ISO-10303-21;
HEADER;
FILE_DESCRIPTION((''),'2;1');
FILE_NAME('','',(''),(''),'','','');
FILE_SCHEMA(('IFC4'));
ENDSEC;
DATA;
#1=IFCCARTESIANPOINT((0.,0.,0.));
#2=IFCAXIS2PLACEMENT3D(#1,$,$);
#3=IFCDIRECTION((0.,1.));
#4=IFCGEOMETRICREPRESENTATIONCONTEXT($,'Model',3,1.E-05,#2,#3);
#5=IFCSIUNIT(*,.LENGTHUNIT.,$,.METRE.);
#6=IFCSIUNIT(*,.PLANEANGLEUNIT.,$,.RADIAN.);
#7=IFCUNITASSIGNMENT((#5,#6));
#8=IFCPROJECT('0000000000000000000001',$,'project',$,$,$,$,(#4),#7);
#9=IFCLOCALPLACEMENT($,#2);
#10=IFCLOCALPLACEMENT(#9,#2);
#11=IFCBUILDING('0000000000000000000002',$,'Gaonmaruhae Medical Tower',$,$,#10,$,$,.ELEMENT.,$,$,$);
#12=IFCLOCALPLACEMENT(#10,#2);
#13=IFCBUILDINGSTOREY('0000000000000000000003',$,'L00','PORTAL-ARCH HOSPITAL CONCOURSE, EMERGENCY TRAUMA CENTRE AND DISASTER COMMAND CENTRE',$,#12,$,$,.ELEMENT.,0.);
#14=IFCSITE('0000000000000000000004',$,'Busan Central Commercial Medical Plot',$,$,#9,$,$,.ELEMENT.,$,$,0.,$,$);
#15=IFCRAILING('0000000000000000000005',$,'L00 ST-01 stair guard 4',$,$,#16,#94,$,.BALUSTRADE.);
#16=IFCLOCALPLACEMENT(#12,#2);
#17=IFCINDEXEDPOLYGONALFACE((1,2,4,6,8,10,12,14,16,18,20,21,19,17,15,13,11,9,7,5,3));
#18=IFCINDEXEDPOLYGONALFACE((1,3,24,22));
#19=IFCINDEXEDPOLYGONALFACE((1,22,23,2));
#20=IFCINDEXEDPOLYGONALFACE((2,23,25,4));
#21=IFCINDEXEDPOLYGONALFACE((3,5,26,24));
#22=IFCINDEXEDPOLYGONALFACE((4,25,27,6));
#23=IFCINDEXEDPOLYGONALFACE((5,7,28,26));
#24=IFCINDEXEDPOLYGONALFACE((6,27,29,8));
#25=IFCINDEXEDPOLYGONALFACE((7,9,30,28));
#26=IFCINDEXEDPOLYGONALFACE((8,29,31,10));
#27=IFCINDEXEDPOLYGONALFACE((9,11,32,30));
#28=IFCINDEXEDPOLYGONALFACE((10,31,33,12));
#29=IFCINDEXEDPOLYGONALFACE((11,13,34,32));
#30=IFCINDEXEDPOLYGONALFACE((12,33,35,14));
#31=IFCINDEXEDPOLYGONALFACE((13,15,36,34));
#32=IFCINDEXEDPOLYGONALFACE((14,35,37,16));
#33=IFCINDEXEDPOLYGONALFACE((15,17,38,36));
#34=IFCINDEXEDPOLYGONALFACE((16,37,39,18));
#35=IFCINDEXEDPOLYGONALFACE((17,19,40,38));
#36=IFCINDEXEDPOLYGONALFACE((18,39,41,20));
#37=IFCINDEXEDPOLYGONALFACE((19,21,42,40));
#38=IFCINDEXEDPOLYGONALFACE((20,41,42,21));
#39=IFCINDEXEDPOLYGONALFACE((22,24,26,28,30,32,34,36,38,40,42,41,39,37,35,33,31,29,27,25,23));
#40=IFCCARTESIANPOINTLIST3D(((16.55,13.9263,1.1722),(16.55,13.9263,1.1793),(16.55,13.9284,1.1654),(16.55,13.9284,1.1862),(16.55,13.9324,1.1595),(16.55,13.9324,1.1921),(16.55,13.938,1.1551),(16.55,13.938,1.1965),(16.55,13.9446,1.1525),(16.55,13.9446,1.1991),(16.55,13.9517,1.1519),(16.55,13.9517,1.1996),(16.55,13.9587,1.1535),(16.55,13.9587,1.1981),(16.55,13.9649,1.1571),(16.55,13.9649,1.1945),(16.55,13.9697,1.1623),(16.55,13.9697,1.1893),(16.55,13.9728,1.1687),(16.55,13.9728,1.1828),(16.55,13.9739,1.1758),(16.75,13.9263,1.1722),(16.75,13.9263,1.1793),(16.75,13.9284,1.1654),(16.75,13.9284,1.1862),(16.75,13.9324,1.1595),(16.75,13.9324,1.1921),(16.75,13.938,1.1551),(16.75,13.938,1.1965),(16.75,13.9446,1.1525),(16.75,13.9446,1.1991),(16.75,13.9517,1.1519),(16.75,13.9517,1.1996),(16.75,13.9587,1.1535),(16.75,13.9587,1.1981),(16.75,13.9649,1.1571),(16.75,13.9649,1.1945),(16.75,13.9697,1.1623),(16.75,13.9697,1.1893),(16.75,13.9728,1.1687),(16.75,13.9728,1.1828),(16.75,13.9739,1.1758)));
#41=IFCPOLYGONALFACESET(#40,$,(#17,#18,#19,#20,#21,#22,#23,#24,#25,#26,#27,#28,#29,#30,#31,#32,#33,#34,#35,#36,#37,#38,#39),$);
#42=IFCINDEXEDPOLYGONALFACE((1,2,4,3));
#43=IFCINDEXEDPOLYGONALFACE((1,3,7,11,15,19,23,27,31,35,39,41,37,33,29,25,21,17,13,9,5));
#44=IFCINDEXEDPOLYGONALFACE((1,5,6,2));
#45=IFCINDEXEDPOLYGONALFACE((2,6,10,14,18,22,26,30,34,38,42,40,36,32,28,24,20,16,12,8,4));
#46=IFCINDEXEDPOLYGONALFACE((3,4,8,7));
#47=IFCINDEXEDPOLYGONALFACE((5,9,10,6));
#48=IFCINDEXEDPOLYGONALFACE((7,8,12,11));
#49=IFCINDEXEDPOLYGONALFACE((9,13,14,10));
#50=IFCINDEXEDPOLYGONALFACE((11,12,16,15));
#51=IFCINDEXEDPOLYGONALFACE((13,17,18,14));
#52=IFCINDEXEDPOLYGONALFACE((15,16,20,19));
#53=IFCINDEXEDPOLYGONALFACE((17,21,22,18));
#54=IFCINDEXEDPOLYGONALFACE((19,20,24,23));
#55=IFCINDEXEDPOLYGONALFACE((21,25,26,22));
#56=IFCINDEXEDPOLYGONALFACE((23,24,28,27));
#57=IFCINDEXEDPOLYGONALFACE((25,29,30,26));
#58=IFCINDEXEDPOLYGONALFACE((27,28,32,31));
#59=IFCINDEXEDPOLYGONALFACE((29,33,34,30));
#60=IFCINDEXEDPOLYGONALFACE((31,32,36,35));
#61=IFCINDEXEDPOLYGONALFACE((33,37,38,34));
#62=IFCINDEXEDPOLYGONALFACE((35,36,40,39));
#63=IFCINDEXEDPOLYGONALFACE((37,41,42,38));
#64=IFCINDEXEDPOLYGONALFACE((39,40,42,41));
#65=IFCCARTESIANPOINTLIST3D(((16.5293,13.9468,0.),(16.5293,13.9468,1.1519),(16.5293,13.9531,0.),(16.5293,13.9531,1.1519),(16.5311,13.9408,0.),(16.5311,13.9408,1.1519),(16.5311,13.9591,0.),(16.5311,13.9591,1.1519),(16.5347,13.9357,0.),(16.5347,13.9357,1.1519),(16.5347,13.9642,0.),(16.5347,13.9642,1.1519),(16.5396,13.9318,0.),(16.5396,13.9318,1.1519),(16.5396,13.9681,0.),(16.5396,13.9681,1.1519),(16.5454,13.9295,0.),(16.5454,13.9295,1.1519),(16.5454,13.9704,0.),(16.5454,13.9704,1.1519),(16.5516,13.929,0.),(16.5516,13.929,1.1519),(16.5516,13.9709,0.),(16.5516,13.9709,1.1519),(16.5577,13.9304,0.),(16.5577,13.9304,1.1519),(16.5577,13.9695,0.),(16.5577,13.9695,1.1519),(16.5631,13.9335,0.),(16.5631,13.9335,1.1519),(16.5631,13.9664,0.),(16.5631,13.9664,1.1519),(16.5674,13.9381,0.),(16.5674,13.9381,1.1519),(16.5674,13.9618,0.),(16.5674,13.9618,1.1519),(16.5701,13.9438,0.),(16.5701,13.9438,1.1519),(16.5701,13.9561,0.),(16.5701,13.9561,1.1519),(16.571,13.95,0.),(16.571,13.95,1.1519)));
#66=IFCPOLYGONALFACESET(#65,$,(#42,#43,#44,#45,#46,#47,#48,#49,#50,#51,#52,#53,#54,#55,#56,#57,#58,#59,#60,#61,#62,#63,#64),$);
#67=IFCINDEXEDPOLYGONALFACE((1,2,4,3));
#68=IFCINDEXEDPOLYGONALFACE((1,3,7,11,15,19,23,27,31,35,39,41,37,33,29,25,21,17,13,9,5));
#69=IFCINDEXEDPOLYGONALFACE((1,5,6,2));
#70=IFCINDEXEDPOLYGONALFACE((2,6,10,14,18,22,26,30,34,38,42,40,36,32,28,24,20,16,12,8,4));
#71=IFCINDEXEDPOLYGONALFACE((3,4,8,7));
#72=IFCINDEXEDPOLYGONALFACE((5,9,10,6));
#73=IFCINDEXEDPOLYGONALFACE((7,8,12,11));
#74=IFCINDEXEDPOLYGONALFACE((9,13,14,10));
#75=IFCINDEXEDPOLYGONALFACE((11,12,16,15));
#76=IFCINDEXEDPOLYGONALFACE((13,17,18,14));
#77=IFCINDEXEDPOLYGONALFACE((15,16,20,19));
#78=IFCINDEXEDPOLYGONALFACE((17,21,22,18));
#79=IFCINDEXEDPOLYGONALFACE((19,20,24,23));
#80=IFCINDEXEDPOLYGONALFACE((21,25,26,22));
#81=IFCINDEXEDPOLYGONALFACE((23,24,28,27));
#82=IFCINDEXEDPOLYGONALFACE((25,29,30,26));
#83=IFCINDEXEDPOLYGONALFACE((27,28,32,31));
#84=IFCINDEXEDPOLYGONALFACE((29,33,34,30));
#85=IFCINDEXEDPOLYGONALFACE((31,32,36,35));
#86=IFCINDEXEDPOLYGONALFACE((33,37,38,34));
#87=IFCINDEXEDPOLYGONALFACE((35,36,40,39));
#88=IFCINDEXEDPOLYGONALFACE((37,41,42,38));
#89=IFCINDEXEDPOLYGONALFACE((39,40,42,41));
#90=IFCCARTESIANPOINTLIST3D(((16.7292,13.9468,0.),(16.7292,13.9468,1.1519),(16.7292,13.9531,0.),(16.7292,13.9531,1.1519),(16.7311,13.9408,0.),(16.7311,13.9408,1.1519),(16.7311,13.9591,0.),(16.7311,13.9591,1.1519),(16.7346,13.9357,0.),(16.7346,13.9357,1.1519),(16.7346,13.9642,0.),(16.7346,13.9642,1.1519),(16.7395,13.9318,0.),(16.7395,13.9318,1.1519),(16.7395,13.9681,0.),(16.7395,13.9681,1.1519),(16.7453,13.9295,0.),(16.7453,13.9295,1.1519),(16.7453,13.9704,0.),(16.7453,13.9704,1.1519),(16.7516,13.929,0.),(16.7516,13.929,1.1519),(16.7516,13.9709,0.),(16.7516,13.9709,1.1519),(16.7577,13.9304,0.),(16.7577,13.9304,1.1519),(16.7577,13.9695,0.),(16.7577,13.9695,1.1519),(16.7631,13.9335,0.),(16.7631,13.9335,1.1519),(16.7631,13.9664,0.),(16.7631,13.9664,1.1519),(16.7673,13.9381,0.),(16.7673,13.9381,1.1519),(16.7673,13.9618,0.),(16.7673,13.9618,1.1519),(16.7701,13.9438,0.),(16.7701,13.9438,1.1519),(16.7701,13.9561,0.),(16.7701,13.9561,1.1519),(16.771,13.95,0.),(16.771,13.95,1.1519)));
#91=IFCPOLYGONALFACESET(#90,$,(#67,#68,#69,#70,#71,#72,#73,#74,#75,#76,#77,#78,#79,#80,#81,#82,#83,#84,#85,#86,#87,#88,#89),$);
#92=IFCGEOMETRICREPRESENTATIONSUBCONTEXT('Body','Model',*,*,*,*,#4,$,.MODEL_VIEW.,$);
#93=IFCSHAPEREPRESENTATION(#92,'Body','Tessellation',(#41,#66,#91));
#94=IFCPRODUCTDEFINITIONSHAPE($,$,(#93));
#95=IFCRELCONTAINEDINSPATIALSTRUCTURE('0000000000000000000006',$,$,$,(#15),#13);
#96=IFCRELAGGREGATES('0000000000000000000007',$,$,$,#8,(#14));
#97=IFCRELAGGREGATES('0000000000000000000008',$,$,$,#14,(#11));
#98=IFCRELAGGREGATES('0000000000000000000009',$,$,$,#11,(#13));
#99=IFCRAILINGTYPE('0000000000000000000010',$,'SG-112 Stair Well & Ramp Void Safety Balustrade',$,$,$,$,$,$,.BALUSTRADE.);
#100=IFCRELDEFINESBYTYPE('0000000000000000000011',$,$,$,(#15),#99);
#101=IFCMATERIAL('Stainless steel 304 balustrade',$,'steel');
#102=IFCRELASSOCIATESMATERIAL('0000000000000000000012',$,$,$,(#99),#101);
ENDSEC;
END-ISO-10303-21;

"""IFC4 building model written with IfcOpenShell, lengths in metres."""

from ifc_helpers import new_model, si_unit, direction, frame, origin, origin_2d, place, context, subcontext, project, spatial, circle, extrude, material, type_object, element, save


model = new_model("IFC4")

# Units and contexts
model_context = context("Model", 3, precision=1e-05, world=origin(), true_north=direction((0.0, 1.0)))
body_context = subcontext(model_context, "Body", "Model", "MODEL_VIEW")
ifc_project = project(units=[si_unit("LENGTHUNIT", "METRE"), si_unit("PLANEANGLEUNIT", "RADIAN")], contexts=[model_context])

# Site, building, storey
site_placement = place(None, origin())
site = spatial("IfcSite", under=ifc_project, at=site_placement, Name="Busan Central Commercial Medical Plot", CompositionType="ELEMENT", RefElevation=0.0)
building_placement = place(site_placement, origin())
building = spatial("IfcBuilding", under=site, at=building_placement, Name="Gaonmaruhae Medical Tower", CompositionType="ELEMENT")
storey_placement = place(building_placement, origin())
storey = spatial("IfcBuildingStorey", under=building, at=storey_placement, Name="L00", Description="PORTAL-ARCH HOSPITAL CONCOURSE, EMERGENCY TRAUMA CENTRE AND DISASTER COMMAND CENTRE", CompositionType="ELEMENT", Elevation=0.0)

# Railing
ifc_material_1 = material(Name="Stainless steel 304 balustrade", Category="steel")
railing_type_1 = type_object("IfcRailingType", Name="SG-112 Stair Well & Ramp Void Safety Balustrade", PredefinedType="BALUSTRADE", material=ifc_material_1)
railing_1_placement = place(storey_placement, frame((16.55, 13.95, 0.0)))
element("IfcRailing", 1, at=railing_1_placement, inside=storey, type_object=railing_type_1, Name="L00 ST-01 stair guard 4", PredefinedType="BALUSTRADE", context=body_context, shape_type="SweptSolid", body=[
    extrude(circle(Radius=0.0239, at=origin_2d()), frame((0.0, 0.0, 1.1758), z_axis=(1.0, 0.0, 0.0), x_axis=(0.0, 1.0, 0.0)), (0.0, 0.0, 1.0), 0.2),
    extrude(circle(Radius=0.021, at=origin_2d()), origin(), (0.0, 0.0, 1.0), 1.1519),
    extrude(circle(Radius=0.021, at=origin_2d()), frame((0.2, 0.0, 0.0)), (0.0, 0.0, 1.0), 1.1519),
])

save(model, "model.ifc")
